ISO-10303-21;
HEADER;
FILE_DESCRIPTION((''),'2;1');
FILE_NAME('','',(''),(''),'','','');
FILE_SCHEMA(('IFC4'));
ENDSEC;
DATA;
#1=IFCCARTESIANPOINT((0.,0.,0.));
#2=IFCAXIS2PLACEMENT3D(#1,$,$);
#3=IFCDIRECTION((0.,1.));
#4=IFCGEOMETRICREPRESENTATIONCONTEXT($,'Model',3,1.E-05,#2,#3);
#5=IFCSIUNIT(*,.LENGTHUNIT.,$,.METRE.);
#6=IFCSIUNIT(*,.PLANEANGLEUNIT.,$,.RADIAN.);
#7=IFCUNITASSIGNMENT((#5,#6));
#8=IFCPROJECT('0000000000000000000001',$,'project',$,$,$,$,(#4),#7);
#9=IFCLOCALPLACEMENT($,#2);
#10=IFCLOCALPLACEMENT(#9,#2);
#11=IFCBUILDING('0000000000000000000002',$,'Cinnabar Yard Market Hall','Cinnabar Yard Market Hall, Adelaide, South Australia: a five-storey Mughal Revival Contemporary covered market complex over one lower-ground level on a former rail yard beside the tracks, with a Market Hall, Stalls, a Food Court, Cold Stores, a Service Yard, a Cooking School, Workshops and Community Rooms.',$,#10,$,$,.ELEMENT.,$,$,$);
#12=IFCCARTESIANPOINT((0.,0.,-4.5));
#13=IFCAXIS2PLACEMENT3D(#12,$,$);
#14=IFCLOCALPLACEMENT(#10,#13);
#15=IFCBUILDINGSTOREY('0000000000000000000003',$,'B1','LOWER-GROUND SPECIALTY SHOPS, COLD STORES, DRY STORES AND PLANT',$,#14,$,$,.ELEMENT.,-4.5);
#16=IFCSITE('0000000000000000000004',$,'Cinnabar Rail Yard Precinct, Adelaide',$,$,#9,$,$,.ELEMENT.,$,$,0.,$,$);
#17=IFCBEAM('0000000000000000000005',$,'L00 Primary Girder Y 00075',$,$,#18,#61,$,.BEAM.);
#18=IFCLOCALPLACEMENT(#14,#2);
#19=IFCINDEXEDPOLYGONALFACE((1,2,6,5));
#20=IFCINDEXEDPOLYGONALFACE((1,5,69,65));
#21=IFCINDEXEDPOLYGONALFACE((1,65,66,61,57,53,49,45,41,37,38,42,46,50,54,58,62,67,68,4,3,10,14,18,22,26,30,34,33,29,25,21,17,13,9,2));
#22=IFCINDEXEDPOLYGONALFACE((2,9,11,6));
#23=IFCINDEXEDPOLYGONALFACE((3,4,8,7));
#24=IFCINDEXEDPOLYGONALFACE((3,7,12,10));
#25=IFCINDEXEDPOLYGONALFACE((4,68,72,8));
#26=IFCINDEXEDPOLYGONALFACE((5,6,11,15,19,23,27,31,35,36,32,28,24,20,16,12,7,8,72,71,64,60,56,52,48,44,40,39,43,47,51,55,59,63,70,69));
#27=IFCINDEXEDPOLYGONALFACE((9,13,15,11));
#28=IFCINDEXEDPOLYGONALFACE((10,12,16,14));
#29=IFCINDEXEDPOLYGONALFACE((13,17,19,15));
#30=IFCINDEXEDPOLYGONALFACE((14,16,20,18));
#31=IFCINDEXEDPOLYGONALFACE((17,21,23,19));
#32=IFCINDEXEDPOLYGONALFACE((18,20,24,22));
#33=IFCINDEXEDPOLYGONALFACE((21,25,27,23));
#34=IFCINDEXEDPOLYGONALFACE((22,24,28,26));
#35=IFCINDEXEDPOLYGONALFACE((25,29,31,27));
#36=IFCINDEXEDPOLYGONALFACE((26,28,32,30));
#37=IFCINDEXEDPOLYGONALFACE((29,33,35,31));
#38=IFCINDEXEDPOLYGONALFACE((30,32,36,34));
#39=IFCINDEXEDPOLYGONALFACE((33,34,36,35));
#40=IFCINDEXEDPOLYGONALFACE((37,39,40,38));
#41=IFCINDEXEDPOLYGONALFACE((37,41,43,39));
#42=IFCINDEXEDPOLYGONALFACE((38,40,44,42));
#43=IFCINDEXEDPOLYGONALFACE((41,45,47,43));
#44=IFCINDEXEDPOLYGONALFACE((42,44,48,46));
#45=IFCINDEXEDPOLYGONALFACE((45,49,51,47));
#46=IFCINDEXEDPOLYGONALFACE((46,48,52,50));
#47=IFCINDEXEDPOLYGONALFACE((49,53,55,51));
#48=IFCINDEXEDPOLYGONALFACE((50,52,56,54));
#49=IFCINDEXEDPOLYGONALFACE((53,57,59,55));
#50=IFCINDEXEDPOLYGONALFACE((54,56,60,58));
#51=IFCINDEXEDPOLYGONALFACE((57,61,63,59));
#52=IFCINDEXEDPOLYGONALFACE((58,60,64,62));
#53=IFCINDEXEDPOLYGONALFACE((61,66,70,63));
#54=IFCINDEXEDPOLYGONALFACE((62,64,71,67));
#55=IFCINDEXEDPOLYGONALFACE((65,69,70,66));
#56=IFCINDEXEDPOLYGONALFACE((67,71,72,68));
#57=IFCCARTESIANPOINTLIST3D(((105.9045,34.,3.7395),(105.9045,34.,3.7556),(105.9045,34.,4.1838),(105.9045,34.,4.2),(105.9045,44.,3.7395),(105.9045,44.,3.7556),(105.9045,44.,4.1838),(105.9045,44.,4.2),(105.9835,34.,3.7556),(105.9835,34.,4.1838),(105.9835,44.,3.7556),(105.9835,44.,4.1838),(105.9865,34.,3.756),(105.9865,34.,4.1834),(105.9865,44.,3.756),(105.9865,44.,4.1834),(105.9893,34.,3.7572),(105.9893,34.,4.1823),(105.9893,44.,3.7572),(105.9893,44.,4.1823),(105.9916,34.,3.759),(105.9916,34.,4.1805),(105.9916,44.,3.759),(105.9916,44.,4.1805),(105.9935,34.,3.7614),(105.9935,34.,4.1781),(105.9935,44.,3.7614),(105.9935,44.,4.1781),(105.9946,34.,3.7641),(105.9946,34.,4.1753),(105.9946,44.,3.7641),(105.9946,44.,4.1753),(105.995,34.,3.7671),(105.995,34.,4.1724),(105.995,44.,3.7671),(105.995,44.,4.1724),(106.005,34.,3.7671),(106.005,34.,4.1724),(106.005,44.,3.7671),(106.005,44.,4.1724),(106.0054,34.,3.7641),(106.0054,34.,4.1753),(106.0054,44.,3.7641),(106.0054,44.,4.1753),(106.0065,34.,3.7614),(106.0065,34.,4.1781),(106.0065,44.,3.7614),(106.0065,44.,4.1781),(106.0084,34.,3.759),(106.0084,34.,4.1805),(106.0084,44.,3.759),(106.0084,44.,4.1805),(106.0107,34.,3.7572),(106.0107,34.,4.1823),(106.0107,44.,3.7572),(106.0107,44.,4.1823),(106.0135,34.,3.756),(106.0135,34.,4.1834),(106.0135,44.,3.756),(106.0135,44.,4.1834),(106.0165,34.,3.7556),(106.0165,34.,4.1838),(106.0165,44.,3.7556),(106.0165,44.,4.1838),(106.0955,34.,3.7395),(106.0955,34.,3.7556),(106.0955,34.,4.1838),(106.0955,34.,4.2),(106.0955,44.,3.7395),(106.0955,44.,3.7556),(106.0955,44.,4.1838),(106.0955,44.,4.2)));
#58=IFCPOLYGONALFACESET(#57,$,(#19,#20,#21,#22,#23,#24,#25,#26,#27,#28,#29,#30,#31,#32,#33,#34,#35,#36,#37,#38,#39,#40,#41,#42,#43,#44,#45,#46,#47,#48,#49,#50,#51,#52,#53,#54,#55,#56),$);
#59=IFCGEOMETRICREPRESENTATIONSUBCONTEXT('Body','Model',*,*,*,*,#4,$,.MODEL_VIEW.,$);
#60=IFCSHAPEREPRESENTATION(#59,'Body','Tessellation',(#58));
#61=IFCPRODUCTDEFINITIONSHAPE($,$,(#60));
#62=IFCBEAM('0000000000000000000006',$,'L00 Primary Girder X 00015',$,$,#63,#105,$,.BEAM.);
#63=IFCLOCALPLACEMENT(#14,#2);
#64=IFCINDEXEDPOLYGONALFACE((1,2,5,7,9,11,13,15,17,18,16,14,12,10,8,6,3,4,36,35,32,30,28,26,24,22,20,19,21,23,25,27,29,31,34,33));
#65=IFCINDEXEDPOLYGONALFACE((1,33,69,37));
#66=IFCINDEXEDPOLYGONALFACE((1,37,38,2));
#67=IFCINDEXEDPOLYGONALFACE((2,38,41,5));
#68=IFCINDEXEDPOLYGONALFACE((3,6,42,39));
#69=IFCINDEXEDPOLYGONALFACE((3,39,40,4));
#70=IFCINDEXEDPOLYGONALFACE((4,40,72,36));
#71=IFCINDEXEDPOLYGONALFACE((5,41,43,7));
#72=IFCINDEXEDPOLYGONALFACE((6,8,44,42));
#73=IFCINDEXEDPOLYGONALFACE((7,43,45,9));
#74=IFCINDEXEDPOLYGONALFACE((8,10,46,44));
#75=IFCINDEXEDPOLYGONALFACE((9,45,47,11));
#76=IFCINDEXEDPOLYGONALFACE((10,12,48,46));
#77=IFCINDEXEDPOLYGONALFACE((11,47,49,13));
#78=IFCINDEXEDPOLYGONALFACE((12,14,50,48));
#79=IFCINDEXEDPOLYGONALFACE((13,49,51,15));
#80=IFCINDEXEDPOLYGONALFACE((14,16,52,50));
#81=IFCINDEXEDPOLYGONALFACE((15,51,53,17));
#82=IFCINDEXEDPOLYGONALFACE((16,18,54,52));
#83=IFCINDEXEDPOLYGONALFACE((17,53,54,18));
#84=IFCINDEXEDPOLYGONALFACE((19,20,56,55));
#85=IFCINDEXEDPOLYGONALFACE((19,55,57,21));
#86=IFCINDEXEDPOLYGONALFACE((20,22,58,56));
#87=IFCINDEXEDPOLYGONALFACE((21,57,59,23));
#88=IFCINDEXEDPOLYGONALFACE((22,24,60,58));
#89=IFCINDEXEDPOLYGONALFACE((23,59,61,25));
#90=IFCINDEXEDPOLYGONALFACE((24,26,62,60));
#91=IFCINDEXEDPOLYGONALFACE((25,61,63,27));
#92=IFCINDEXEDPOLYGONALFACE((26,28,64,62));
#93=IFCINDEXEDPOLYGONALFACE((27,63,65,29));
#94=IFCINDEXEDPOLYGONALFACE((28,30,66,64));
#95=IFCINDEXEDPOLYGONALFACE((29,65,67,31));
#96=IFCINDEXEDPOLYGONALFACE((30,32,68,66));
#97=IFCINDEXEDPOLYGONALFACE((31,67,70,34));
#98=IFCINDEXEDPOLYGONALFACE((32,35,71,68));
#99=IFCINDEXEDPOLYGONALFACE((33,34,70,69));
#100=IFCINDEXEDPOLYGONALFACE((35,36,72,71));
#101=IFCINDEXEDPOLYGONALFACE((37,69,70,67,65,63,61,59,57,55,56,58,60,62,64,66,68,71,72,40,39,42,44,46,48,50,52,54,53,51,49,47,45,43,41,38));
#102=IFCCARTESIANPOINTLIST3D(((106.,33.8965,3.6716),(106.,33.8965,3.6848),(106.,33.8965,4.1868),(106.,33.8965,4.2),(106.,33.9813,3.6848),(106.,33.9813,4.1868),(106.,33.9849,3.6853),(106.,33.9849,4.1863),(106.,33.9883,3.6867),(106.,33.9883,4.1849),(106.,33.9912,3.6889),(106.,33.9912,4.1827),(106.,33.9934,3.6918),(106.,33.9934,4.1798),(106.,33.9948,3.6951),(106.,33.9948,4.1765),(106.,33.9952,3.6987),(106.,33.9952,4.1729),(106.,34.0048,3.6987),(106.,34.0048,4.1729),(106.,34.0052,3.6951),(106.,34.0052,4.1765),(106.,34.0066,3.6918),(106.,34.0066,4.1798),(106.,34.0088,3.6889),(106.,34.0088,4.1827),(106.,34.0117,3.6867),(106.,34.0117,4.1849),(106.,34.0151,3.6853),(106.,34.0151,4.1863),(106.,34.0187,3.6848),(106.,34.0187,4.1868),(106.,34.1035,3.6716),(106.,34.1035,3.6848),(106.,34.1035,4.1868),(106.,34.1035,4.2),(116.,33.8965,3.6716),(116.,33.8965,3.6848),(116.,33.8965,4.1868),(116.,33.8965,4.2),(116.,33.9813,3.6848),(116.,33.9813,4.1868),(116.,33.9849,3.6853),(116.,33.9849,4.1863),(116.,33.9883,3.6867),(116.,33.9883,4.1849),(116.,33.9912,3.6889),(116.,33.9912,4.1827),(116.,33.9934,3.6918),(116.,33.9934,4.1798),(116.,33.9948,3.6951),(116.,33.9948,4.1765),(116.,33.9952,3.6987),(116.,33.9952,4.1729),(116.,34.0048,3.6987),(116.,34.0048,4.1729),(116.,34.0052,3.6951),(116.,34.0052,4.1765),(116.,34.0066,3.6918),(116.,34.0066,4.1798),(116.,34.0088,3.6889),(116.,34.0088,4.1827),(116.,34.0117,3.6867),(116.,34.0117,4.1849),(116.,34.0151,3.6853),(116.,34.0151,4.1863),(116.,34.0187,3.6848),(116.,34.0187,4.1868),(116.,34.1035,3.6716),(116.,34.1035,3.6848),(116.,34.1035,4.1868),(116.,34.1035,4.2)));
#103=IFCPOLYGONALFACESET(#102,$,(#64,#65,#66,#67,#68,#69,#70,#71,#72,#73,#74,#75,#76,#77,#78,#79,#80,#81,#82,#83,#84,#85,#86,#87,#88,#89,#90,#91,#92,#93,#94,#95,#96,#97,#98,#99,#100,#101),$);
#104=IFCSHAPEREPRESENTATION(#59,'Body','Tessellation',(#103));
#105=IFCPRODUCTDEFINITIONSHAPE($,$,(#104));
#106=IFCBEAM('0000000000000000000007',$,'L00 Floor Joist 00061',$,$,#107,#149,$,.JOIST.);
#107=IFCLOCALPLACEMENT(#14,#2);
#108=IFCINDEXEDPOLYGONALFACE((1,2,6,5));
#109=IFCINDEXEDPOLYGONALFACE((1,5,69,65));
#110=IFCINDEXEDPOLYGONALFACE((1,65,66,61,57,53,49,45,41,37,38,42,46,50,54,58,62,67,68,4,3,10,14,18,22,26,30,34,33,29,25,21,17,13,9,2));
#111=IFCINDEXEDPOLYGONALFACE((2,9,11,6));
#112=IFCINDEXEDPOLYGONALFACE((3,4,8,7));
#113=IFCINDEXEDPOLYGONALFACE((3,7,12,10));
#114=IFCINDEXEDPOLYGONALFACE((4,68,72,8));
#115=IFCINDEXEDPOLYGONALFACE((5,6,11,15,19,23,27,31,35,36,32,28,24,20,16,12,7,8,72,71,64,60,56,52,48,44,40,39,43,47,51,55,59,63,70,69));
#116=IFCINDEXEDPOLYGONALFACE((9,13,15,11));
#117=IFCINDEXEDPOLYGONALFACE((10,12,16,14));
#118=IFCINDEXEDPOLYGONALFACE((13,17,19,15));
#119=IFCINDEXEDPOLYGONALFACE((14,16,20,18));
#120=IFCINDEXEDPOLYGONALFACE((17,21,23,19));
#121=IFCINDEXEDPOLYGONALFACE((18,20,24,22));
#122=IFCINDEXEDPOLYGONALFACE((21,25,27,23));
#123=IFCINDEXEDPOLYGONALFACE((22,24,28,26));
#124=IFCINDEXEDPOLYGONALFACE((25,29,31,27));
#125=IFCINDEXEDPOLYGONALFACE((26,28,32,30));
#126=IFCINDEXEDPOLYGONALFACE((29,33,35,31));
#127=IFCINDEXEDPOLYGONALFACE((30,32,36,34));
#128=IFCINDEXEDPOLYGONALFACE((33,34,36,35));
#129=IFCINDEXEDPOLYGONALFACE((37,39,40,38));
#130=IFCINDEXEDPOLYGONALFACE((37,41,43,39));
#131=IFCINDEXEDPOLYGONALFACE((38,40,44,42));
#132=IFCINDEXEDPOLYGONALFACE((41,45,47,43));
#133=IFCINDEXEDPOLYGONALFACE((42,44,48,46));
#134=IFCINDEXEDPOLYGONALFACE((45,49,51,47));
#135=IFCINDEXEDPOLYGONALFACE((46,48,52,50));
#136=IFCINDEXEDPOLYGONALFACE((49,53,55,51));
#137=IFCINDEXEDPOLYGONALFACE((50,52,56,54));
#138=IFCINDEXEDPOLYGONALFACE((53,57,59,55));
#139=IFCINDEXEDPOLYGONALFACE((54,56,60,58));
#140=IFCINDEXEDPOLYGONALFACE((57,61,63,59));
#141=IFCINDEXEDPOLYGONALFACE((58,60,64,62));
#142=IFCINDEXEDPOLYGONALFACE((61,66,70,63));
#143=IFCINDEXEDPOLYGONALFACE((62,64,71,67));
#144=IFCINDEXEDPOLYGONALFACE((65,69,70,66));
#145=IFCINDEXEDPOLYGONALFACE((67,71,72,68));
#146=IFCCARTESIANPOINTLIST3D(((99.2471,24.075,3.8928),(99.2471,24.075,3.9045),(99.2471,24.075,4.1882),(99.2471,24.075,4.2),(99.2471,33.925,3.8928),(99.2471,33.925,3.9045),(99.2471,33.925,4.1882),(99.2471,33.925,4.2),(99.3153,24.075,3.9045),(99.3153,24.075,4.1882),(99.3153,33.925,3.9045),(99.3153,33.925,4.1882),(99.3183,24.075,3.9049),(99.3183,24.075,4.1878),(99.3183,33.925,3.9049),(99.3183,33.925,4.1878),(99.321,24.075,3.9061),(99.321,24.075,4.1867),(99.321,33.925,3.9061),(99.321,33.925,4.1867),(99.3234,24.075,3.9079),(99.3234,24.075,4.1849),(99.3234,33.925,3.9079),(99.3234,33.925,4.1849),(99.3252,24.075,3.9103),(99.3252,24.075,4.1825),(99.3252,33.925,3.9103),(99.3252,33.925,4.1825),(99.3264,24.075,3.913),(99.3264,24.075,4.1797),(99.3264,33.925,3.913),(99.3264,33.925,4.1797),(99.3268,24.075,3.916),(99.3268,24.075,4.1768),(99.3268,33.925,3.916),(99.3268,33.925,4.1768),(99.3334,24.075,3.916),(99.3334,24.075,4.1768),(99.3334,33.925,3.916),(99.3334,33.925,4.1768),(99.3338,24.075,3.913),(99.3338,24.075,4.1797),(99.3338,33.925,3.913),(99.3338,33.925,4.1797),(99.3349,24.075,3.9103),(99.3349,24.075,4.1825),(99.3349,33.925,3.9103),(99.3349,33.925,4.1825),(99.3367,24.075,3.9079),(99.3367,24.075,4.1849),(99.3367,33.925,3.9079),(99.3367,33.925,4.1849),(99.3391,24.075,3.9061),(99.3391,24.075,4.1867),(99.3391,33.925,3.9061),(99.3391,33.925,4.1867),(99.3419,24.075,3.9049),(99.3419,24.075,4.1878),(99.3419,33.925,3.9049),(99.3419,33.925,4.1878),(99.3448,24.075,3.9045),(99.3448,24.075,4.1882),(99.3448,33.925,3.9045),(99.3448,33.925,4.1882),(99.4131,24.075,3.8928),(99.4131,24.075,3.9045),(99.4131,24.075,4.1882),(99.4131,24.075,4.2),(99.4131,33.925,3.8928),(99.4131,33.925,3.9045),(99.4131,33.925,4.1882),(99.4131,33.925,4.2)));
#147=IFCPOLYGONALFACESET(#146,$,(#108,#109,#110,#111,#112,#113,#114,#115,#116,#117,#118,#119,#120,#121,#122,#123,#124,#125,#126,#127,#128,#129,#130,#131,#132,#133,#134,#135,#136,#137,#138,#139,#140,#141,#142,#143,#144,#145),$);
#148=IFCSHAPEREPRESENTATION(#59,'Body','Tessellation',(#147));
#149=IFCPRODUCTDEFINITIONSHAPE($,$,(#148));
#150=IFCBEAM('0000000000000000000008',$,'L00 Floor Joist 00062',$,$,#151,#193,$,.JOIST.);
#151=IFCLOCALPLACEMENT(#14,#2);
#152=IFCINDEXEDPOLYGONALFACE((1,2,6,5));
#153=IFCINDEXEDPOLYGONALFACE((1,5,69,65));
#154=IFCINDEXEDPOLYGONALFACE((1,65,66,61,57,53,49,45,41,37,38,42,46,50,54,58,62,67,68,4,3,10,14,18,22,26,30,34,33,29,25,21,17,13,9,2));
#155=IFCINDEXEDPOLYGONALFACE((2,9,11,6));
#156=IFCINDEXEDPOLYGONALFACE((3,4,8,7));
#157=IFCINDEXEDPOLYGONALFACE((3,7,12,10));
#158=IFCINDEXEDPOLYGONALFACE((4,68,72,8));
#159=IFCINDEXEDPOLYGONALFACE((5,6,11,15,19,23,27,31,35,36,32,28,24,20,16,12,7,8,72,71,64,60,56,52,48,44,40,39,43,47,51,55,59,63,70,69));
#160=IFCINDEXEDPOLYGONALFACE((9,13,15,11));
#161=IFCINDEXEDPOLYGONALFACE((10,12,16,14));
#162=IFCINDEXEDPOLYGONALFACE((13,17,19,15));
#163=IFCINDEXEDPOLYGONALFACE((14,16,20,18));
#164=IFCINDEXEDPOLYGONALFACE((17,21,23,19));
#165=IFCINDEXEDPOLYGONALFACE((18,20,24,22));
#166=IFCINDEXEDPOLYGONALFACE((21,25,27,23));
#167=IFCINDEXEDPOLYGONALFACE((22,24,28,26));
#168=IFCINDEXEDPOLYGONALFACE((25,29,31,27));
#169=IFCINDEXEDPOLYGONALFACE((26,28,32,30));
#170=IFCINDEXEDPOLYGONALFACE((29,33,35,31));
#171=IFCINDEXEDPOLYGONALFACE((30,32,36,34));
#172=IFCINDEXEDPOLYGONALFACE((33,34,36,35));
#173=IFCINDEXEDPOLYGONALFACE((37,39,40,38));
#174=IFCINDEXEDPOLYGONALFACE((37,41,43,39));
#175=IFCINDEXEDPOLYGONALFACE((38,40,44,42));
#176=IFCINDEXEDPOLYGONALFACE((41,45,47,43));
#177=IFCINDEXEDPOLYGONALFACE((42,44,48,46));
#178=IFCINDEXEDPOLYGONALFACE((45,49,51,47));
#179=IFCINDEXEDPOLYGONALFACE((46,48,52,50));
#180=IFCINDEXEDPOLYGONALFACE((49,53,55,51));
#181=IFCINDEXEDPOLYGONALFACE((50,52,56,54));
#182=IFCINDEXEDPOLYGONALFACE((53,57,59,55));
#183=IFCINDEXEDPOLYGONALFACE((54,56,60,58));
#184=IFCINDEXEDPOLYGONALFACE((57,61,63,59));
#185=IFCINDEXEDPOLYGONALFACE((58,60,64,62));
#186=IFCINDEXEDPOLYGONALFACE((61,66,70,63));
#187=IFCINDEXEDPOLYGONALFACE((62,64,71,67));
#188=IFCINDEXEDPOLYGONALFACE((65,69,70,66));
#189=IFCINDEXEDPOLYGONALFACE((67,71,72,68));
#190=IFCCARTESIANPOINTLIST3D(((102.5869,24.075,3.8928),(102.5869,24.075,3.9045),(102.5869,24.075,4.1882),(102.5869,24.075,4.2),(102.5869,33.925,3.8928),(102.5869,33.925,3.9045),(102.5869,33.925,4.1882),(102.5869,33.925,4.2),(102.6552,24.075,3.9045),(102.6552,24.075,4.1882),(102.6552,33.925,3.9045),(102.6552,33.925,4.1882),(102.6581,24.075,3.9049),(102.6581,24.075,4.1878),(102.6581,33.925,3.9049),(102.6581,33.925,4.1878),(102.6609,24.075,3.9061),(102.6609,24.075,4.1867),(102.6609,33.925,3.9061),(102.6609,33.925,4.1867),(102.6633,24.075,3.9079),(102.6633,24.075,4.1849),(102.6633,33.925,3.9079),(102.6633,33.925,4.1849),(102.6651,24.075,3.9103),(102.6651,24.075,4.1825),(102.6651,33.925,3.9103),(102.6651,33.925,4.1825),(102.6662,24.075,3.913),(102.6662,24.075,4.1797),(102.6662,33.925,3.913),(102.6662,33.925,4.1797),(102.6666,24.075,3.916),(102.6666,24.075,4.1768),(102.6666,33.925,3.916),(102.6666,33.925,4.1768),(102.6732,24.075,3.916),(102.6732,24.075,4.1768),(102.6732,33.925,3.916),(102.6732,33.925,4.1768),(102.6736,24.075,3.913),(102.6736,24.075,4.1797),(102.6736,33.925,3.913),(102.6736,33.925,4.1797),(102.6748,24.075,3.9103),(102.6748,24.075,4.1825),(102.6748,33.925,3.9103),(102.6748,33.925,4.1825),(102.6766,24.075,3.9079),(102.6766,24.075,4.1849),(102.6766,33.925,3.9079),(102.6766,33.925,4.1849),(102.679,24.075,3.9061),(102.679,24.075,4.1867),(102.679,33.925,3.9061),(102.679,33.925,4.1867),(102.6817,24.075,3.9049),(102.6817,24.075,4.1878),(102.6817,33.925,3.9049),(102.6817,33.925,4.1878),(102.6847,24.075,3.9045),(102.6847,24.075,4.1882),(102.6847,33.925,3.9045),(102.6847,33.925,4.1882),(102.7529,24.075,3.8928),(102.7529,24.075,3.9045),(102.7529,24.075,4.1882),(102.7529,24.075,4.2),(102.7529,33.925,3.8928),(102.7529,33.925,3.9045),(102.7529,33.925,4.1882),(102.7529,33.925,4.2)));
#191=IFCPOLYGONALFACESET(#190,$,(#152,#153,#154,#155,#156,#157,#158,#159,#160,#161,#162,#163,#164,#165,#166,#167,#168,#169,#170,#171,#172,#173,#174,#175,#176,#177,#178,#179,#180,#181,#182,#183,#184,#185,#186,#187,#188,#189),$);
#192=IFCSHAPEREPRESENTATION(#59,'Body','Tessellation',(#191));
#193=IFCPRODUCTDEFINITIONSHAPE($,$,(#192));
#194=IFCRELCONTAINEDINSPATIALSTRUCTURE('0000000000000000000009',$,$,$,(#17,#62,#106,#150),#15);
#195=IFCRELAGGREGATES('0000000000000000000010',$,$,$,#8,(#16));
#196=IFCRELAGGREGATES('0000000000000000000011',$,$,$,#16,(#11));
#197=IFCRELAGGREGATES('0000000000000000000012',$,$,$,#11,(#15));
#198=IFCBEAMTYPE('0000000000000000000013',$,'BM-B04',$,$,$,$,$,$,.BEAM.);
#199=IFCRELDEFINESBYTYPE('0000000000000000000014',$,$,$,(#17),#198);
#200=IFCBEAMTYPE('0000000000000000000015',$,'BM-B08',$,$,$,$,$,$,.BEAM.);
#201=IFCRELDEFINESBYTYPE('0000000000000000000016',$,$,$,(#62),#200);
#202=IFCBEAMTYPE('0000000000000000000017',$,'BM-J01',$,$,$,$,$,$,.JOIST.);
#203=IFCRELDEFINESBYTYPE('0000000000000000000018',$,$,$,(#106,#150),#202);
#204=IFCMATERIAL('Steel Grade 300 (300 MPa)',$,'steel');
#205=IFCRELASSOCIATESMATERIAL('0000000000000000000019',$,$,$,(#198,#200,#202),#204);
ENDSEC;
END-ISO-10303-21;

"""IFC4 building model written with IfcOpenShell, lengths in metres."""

from ifc_helpers import new_model, si_unit, direction, frame, origin, origin_2d_with_axis, place, context, subcontext, project, spatial, i_section, extrude, material, material_profile, profile_set, type_object, element, save


model = new_model("IFC4")

# Units and contexts
model_context = context("Model", 3, precision=1e-05, world=origin(), true_north=direction((0.0, 1.0)))
body_context = subcontext(model_context, "Body", "Model", "MODEL_VIEW")
ifc_project = project(units=[si_unit("LENGTHUNIT", "METRE"), si_unit("PLANEANGLEUNIT", "RADIAN")], contexts=[model_context])

# Site, building, storey
site_placement = place(None, origin())
site = spatial("IfcSite", under=ifc_project, at=site_placement, Name="Cinnabar Rail Yard Precinct, Adelaide", CompositionType="ELEMENT", RefElevation=0.0)
building_placement = place(site_placement, origin())
building = spatial("IfcBuilding", under=site, at=building_placement, Name="Cinnabar Yard Market Hall", Description="Cinnabar Yard Market Hall, Adelaide, South Australia: a five-storey Mughal Revival Contemporary covered market complex over one lower-ground level on a former rail yard beside the tracks, with a Market Hall, Stalls, a Food Court, Cold Stores, a Service Yard, a Cooking School, Workshops and Community Rooms.", CompositionType="ELEMENT")
storey_placement = place(building_placement, frame((0.0, 0.0, -4.5)))
storey = spatial("IfcBuildingStorey", under=building, at=storey_placement, Name="B1", Description="LOWER-GROUND SPECIALTY SHOPS, COLD STORES, DRY STORES AND PLANT", CompositionType="ELEMENT", Elevation=-4.5)

# Beams
ifc_material_1 = material(Name="Steel Grade 300 (300 MPa)", Category="steel")
ifc_material_profile_1 = material_profile(ifc_material_1, i_section(OverallWidth=0.1909, OverallDepth=0.4604, WebThickness=0.01, FlangeThickness=0.0161, FilletRadius=0.0115, at=origin_2d_with_axis()), Name="460UB82.1")
ifc_profile_set_1 = profile_set([ifc_material_profile_1], Name="Steel Grade 300 (300 MPa)")
beam_type_1 = type_object("IfcBeamType", Name="BM-B04", PredefinedType="BEAM", material=ifc_profile_set_1)
for number, where, z_axis, x_axis, name in (
    (1, (106.0, 34.0, 3.9697), (0.0, 1.0, 0.0), (-1.0, 0.0, 0.0), "L00 Primary Girder Y 00075"),
):
    element("IfcBeam", number, at=place(storey_placement, frame(where, z_axis=z_axis, x_axis=x_axis)), inside=storey, type_object=beam_type_1, Name=name, PredefinedType="BEAM", context=body_context, shape_type="SweptSolid", body=[
        extrude(i_section(OverallWidth=0.1909, OverallDepth=0.4604, WebThickness=0.01, FlangeThickness=0.0161, FilletRadius=0.0115, at=origin_2d_with_axis()), origin(), (0.0, 0.0, 1.0), 10.0),
    ])
ifc_material_profile_2 = material_profile(ifc_material_1, i_section(OverallWidth=0.207, OverallDepth=0.5283, WebThickness=0.0095, FlangeThickness=0.0132, FilletRadius=0.0139, at=origin_2d_with_axis()), Name="530UB82.0")
ifc_profile_set_2 = profile_set([ifc_material_profile_2], Name="Steel Grade 300 (300 MPa)")
beam_type_2 = type_object("IfcBeamType", Name="BM-B08", PredefinedType="BEAM", material=ifc_profile_set_2)
beam_1_placement = place(storey_placement, frame((106.0, 34.0, 3.9358), z_axis=(1.0, 0.0, 0.0), x_axis=(0.0, 1.0, 0.0)))
element("IfcBeam", 2, at=beam_1_placement, inside=storey, type_object=beam_type_2, Name="L00 Primary Girder X 00015", PredefinedType="BEAM", context=body_context, shape_type="SweptSolid", body=[
    extrude(i_section(OverallWidth=0.207, OverallDepth=0.5283, WebThickness=0.0095, FlangeThickness=0.0132, FilletRadius=0.0139, at=origin_2d_with_axis()), origin(), (0.0, 0.0, 1.0), 10.0),
])
ifc_material_profile_3 = material_profile(ifc_material_1, i_section(OverallWidth=0.166, OverallDepth=0.3071, WebThickness=0.0066, FlangeThickness=0.0117, FilletRadius=0.0115, at=origin_2d_with_axis()), Name="310UB46.2")
ifc_profile_set_3 = profile_set([ifc_material_profile_3], Name="Steel Grade 300 (300 MPa)")
beam_type_3 = type_object("IfcBeamType", Name="BM-J01", PredefinedType="JOIST", material=ifc_profile_set_3)
for number, where, z_axis, x_axis, name in (
    (3, (99.3301, 24.075, 4.0464), (0.0, 1.0, 0.0), (-1.0, 0.0, 0.0), "L00 Floor Joist 00061"),
    (4, (102.6699, 24.075, 4.0464), (0.0, 1.0, 0.0), (-1.0, 0.0, 0.0), "L00 Floor Joist 00062"),
):
    element("IfcBeam", number, at=place(storey_placement, frame(where, z_axis=z_axis, x_axis=x_axis)), inside=storey, type_object=beam_type_3, Name=name, PredefinedType="JOIST", context=body_context, shape_type="SweptSolid", body=[
        extrude(i_section(OverallWidth=0.166, OverallDepth=0.3071, WebThickness=0.0066, FlangeThickness=0.0117, FilletRadius=0.0115, at=origin_2d_with_axis()), origin(), (0.0, 0.0, 1.0), 9.8501),
    ])

save(model, "model.ifc")
